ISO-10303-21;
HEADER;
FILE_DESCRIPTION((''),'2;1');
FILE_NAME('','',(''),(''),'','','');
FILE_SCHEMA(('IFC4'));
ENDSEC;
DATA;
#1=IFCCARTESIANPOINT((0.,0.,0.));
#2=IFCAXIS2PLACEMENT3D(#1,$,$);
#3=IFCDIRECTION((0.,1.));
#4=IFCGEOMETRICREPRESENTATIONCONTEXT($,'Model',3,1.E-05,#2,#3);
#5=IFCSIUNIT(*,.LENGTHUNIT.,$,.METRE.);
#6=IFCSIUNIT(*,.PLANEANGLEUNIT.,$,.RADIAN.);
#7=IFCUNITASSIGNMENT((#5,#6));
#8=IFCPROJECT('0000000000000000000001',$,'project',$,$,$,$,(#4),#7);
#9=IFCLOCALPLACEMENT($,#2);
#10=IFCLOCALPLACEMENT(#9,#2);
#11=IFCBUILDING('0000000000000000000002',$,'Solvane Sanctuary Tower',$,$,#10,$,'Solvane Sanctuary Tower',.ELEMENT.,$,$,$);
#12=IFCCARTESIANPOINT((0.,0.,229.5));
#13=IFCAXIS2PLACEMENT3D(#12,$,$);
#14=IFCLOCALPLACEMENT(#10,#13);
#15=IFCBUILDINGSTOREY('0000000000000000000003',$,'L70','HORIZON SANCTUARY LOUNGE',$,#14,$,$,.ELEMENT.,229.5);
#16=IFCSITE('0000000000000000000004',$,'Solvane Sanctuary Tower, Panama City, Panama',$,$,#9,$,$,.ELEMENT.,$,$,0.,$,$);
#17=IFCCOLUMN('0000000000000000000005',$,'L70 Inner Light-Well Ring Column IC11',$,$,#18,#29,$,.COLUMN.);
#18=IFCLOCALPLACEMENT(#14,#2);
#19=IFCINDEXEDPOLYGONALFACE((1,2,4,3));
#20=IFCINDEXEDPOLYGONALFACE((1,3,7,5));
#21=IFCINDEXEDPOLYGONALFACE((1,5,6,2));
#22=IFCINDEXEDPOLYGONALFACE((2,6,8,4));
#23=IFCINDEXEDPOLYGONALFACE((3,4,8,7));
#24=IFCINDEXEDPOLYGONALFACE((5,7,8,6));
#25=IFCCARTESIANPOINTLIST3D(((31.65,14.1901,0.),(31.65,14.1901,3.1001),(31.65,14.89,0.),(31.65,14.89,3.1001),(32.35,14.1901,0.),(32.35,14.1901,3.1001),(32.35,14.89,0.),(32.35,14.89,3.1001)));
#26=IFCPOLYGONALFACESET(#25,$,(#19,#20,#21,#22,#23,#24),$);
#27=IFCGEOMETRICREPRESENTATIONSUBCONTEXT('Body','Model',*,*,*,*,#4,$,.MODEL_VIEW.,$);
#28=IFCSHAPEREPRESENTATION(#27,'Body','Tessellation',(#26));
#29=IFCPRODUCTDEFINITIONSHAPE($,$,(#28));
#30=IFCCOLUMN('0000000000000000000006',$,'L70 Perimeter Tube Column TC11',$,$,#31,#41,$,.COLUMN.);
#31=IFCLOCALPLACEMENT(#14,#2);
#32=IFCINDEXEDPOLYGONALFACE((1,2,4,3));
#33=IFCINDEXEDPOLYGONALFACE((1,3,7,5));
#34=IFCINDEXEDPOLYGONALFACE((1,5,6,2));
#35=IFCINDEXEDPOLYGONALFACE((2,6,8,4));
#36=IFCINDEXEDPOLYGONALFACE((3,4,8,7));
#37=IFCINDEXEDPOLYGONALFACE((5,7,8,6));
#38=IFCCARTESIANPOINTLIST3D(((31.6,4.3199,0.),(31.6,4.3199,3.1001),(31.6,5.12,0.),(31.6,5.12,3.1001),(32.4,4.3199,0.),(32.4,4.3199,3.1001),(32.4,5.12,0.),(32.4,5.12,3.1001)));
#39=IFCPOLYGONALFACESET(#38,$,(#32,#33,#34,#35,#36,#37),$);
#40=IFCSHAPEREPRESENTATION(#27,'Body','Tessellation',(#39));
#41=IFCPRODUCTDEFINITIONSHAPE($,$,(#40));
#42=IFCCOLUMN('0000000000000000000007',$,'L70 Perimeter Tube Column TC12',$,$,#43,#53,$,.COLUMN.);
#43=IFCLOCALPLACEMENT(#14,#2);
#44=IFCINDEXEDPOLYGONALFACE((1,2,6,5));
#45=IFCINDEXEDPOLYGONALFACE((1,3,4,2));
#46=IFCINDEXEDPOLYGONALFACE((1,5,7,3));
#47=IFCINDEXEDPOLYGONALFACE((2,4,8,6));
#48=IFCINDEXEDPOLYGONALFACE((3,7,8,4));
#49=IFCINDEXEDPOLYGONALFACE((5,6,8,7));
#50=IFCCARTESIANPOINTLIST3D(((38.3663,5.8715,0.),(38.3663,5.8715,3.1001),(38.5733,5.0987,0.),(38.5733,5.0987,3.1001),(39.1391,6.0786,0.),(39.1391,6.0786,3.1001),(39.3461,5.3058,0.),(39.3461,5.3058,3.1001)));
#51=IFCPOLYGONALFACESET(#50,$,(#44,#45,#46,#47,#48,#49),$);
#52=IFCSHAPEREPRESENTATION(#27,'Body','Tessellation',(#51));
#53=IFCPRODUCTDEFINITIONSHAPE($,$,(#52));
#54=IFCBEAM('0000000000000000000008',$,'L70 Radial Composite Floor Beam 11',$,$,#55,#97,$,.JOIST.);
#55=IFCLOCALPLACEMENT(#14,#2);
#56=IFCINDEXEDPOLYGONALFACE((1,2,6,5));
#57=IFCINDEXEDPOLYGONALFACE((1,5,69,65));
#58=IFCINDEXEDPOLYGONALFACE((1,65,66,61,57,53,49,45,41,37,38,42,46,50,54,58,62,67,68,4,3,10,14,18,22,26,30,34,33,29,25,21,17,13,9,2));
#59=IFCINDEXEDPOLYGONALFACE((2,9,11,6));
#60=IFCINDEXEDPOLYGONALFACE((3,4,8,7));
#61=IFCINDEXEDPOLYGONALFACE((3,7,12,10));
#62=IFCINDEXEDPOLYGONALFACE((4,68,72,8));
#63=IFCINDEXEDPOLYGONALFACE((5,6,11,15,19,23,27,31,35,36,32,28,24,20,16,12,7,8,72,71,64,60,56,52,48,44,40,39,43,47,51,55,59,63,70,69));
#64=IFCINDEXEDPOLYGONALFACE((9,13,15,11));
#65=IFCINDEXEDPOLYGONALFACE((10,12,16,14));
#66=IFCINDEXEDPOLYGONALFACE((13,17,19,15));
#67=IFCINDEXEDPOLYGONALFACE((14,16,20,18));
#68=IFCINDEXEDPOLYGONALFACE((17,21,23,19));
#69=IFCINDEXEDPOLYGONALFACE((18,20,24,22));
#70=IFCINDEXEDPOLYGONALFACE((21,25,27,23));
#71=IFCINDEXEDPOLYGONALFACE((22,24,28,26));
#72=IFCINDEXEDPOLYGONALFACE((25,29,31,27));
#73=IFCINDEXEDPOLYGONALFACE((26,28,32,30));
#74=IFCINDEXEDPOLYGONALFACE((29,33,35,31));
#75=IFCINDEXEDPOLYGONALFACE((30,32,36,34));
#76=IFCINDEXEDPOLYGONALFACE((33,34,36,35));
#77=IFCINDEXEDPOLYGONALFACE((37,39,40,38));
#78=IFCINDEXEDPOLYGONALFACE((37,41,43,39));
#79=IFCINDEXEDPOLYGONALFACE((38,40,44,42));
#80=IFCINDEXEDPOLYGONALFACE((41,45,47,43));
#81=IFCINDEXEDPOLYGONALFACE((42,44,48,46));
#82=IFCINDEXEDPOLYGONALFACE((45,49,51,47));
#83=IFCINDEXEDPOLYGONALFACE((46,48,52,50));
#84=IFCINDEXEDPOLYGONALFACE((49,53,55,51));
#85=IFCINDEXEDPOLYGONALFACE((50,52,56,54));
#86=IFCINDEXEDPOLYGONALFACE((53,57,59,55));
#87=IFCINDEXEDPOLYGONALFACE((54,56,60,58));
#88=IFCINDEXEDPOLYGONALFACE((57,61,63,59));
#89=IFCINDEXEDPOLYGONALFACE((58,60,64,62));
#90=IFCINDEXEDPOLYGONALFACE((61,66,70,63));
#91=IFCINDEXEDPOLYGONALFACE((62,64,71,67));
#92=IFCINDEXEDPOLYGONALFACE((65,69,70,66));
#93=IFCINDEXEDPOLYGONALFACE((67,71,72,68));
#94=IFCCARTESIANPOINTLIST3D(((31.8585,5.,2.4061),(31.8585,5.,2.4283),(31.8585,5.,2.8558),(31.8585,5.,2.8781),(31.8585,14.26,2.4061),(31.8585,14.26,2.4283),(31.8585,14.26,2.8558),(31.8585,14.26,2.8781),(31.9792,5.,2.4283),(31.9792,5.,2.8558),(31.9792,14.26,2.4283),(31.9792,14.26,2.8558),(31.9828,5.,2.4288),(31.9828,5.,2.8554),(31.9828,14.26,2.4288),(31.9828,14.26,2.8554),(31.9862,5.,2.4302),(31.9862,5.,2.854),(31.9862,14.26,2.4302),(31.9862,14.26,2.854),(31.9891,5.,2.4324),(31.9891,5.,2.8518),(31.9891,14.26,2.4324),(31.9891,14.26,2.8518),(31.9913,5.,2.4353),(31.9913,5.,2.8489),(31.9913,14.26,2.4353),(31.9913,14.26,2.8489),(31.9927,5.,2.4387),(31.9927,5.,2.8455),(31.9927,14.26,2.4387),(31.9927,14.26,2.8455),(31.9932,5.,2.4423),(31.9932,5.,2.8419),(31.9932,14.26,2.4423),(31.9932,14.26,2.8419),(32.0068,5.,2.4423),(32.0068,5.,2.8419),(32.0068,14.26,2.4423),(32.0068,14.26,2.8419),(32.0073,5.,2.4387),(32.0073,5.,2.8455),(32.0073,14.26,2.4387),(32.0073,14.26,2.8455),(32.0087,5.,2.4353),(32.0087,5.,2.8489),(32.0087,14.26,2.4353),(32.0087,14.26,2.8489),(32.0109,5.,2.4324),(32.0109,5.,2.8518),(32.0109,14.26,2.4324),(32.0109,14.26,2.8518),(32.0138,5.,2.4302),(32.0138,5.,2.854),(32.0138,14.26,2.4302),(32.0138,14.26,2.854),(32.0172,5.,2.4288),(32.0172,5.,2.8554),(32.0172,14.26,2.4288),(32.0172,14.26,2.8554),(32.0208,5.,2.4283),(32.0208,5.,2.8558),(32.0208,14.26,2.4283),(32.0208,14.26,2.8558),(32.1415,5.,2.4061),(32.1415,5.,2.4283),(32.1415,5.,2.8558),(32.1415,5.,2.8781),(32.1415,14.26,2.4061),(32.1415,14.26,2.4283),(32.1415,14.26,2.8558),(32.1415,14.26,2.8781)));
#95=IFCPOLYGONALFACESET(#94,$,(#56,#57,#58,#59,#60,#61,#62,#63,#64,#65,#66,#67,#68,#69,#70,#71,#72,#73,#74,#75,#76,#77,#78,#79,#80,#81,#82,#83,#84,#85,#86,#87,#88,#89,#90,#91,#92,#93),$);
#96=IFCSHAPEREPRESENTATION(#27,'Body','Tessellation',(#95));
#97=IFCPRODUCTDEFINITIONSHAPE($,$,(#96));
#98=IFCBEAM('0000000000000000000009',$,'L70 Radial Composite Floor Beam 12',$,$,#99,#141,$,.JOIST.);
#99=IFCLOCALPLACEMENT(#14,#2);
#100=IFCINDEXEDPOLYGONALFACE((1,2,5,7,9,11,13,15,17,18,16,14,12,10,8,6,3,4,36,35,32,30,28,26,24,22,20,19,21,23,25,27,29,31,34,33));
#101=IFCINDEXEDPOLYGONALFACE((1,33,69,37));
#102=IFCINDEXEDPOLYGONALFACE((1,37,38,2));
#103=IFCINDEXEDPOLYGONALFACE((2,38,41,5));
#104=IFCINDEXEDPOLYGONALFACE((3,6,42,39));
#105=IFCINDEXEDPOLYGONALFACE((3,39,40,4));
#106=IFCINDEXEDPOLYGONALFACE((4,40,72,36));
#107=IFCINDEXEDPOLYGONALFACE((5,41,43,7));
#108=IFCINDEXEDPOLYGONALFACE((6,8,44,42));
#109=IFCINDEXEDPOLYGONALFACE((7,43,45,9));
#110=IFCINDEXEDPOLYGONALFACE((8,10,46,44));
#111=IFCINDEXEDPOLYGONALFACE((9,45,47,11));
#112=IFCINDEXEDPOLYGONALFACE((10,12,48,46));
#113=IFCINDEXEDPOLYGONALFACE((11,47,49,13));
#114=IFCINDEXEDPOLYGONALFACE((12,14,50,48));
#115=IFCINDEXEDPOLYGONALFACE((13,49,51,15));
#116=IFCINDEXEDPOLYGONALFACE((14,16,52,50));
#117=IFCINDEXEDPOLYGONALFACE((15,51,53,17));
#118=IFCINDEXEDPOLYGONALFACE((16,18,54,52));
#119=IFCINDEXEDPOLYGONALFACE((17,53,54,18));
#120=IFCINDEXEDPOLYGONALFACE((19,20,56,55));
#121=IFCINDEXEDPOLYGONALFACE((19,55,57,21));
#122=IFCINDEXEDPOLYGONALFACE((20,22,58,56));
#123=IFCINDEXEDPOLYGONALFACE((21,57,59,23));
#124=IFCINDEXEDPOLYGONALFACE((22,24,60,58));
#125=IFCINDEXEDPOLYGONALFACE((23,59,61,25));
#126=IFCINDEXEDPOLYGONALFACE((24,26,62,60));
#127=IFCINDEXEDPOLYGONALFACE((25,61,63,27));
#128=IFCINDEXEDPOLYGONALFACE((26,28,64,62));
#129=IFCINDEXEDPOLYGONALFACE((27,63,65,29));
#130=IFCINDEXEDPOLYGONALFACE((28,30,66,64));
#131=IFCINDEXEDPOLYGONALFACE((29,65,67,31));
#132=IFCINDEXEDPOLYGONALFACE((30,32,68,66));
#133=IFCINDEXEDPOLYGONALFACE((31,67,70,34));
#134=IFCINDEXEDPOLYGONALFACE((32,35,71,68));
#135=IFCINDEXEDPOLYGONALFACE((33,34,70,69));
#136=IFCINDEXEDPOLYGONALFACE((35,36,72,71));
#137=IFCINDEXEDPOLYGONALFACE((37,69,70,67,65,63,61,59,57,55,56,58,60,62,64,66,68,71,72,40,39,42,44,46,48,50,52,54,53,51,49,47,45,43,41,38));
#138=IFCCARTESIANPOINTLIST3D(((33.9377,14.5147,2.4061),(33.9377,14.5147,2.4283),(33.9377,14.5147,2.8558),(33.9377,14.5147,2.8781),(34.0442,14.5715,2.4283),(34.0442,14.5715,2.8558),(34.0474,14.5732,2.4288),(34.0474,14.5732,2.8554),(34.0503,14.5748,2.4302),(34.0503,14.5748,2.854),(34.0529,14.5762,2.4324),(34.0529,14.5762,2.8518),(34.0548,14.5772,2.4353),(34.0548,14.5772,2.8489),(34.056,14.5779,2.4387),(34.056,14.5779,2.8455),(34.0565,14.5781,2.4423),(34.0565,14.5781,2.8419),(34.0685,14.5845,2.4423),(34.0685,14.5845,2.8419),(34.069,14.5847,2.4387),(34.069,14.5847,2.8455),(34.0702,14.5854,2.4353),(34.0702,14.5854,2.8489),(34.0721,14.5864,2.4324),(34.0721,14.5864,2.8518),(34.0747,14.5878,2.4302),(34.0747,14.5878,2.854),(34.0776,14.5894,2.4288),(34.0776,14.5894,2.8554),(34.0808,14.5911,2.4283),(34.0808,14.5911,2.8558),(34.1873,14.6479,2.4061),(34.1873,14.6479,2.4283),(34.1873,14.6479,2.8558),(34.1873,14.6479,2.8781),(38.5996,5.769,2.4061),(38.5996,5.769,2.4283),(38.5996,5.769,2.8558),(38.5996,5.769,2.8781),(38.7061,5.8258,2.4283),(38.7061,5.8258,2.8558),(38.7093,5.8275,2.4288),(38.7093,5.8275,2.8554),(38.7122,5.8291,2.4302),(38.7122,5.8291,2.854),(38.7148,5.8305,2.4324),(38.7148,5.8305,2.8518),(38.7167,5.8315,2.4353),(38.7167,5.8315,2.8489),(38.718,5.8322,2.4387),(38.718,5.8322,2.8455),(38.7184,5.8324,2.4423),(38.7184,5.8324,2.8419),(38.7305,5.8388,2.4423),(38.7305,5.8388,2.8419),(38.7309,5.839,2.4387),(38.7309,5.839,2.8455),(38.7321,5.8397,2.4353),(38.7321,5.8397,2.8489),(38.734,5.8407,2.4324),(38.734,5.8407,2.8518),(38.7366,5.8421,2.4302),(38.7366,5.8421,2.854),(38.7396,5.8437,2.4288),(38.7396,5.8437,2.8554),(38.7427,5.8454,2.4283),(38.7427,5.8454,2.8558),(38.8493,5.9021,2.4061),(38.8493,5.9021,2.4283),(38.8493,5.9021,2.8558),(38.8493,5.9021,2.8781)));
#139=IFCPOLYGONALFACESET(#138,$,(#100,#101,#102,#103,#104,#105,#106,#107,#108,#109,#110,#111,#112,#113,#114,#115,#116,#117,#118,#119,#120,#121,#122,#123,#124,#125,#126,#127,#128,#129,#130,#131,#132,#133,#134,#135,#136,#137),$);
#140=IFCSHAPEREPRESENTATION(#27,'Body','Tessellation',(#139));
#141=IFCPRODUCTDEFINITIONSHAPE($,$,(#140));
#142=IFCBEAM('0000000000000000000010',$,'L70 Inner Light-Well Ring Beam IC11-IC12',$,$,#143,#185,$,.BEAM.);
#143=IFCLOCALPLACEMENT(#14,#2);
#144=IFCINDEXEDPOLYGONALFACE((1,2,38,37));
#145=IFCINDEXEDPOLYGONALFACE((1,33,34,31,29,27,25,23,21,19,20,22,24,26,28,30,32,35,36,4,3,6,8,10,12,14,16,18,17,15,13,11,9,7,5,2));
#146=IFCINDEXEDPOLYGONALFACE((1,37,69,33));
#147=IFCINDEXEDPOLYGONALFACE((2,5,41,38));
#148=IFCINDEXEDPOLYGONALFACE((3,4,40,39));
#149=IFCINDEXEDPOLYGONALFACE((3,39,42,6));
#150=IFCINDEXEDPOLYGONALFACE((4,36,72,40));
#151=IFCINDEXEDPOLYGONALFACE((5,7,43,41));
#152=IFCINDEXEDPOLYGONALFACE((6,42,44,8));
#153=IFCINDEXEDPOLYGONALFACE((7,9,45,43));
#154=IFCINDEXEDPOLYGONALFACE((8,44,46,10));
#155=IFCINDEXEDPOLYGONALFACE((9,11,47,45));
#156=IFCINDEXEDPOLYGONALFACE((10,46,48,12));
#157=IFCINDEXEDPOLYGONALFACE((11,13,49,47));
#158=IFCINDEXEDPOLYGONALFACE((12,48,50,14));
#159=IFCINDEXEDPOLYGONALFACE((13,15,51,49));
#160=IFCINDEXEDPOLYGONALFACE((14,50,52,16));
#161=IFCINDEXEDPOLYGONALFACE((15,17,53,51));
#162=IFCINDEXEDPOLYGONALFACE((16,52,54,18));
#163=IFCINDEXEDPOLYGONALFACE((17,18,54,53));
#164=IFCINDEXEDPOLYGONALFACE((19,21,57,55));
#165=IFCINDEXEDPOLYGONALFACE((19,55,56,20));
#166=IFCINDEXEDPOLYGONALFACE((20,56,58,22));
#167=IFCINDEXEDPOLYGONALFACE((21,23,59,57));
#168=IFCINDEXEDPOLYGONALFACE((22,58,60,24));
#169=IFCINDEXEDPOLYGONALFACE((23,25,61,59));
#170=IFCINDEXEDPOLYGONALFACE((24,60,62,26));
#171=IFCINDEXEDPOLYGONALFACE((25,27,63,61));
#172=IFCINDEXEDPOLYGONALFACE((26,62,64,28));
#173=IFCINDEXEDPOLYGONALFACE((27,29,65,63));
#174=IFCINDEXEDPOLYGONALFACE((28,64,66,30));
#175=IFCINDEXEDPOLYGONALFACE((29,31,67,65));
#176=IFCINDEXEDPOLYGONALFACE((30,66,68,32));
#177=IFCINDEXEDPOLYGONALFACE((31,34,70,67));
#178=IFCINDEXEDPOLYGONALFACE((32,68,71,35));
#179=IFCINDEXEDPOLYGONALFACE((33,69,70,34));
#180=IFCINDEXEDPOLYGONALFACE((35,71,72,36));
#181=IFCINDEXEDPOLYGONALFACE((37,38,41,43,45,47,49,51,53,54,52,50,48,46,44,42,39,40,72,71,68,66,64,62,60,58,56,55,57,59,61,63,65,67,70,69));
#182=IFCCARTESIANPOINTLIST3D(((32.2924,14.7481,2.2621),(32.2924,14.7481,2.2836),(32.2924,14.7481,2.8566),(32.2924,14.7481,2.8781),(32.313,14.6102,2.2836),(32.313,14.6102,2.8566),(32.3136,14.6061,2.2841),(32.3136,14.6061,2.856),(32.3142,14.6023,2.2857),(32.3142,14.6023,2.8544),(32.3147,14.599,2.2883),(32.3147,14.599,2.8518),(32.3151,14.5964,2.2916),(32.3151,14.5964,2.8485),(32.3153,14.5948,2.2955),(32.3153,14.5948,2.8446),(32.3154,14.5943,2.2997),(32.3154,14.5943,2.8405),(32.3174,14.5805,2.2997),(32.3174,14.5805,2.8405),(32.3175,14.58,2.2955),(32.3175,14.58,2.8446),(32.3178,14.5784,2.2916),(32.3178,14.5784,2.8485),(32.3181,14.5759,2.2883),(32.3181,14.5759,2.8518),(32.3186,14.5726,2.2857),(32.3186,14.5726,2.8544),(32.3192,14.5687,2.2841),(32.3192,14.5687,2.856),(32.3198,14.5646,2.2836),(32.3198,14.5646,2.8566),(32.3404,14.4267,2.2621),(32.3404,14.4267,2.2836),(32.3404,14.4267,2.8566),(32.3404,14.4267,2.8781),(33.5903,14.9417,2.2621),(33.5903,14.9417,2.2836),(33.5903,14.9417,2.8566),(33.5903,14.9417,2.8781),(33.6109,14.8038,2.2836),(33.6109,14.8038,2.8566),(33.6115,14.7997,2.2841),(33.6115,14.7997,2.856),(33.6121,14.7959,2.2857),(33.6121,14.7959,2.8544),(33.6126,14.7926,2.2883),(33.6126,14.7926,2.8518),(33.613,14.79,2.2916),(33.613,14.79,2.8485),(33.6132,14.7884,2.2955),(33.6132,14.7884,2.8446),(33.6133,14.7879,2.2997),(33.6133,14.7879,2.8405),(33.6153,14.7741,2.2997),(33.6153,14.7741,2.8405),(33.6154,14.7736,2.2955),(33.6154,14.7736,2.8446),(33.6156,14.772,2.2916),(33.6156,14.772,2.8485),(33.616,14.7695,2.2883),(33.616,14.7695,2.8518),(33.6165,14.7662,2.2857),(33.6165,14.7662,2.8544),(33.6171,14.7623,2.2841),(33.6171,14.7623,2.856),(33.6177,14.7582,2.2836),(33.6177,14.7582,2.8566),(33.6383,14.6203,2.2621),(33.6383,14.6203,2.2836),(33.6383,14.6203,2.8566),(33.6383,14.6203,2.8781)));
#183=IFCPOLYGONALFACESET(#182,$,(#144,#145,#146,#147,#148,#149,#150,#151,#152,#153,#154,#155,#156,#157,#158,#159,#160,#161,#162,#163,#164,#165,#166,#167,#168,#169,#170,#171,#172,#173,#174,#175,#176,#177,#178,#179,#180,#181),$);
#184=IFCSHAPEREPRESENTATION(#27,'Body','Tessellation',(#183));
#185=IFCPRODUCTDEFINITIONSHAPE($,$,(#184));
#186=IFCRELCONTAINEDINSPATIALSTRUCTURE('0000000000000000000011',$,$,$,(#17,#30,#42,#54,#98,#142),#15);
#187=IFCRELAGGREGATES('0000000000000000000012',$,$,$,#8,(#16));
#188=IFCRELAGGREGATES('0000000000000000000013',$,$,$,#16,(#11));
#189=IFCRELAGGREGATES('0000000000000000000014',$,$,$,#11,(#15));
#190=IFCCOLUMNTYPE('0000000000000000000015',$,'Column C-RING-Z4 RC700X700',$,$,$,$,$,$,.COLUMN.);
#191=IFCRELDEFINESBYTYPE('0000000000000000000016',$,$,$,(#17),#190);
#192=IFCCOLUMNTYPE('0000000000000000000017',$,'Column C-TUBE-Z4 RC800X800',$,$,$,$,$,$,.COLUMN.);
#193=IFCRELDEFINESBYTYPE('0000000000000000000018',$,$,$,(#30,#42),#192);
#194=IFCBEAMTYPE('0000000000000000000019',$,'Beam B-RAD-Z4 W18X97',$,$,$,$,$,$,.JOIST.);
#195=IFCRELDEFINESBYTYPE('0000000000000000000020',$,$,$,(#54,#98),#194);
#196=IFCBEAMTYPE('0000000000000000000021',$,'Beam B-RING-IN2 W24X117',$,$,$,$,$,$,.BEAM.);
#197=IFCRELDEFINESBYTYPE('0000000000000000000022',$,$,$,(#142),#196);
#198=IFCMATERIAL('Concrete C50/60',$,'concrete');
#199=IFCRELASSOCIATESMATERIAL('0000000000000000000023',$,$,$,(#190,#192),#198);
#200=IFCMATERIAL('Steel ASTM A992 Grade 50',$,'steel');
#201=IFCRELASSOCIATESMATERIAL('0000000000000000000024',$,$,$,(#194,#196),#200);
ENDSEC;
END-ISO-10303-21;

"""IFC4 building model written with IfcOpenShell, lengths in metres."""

from ifc_helpers import new_model, si_unit, direction, frame, origin, origin_2d, place, context, subcontext, project, spatial, rectangle, i_section, extrude, material, material_profile, profile_set, type_object, element, save


model = new_model("IFC4")

# Units and contexts
model_context = context("Model", 3, precision=1e-05, world=origin(), true_north=direction((0.0, 1.0)))
body_context = subcontext(model_context, "Body", "Model", "MODEL_VIEW")
ifc_project = project(units=[si_unit("LENGTHUNIT", "METRE"), si_unit("PLANEANGLEUNIT", "RADIAN")], contexts=[model_context])

# Site, building, storey
site_placement = place(None, origin())
site = spatial("IfcSite", under=ifc_project, at=site_placement, Name="Solvane Sanctuary Tower, Panama City, Panama", CompositionType="ELEMENT", RefElevation=0.0)
building_placement = place(site_placement, origin())
building = spatial("IfcBuilding", under=site, at=building_placement, Name="Solvane Sanctuary Tower", LongName="Solvane Sanctuary Tower", CompositionType="ELEMENT")
storey_placement = place(building_placement, frame((0.0, 0.0, 229.5)))
storey = spatial("IfcBuildingStorey", under=building, at=storey_placement, Name="L70", Description="HORIZON SANCTUARY LOUNGE", CompositionType="ELEMENT", Elevation=229.5)

# Columns
ifc_material_1 = material(Name="Concrete C50/60", Category="concrete")
ifc_material_profile_1 = material_profile(ifc_material_1, rectangle(XDim=0.7, YDim=0.7, at=origin_2d()), Name="RC700X700")
ifc_profile_set_1 = profile_set([ifc_material_profile_1], Name="Concrete C50/60")
column_type_1 = type_object("IfcColumnType", Name="Column C-RING-Z4 RC700X700", PredefinedType="COLUMN", material=ifc_profile_set_1)
column_placement = place(storey_placement, frame((32.0, 14.54, 0.0), z_axis=(0.0, 0.0, 1.0), x_axis=(1.0, 0.0, 0.0)))
element("IfcColumn", 1, at=column_placement, inside=storey, type_object=column_type_1, Name="L70 Inner Light-Well Ring Column IC11", PredefinedType="COLUMN", context=body_context, shape_type="SweptSolid", body=[
    extrude(rectangle(XDim=0.7, YDim=0.7, at=origin_2d()), origin(), (0.0, 0.0, 1.0), 3.1001),
])
ifc_material_profile_2 = material_profile(ifc_material_1, rectangle(XDim=0.8, YDim=0.8, at=origin_2d()), Name="RC800X800")
ifc_profile_set_2 = profile_set([ifc_material_profile_2], Name="Concrete C50/60")
column_type_2 = type_object("IfcColumnType", Name="Column C-TUBE-Z4 RC800X800", PredefinedType="COLUMN", material=ifc_profile_set_2)
for number, where, z_axis, x_axis, name in (
    (2, (32.0, 4.72, 0.0), (0.0, 0.0, 1.0), (0.0, -1.0, 0.0), "L70 Perimeter Tube Column TC11"),
    (3, (38.8562, 5.5886, 0.0), (0.0, 0.0, 1.0), (0.258819, -0.965926, 0.0), "L70 Perimeter Tube Column TC12"),
):
    element("IfcColumn", number, at=place(storey_placement, frame(where, z_axis=z_axis, x_axis=x_axis)), inside=storey, type_object=column_type_2, Name=name, PredefinedType="COLUMN", context=body_context, shape_type="SweptSolid", body=[
        extrude(rectangle(XDim=0.8, YDim=0.8, at=origin_2d()), origin(), (0.0, 0.0, 1.0), 3.1001),
    ])

# Beams
ifc_material_2 = material(Name="Steel ASTM A992 Grade 50", Category="steel")
ifc_material_profile_3 = material_profile(ifc_material_2, i_section(OverallWidth=0.283, OverallDepth=0.4719, WebThickness=0.0137, FlangeThickness=0.0222, FilletRadius=0.0139, at=origin_2d()), Name="W18X97")
ifc_profile_set_3 = profile_set([ifc_material_profile_3], Name="Steel ASTM A992 Grade 50")
beam_type_1 = type_object("IfcBeamType", Name="Beam B-RAD-Z4 W18X97", PredefinedType="JOIST", material=ifc_profile_set_3)
beam_1_placement = place(storey_placement, frame((32.0, 14.26, 2.6421), z_axis=(0.0, -1.0, 0.0), x_axis=(1.0, 0.0, 0.0)))
element("IfcBeam", 4, at=beam_1_placement, inside=storey, type_object=beam_type_1, Name="L70 Radial Composite Floor Beam 11", PredefinedType="JOIST", context=body_context, shape_type="SweptSolid", body=[
    extrude(i_section(OverallWidth=0.283, OverallDepth=0.4719, WebThickness=0.0137, FlangeThickness=0.0222, FilletRadius=0.0139, at=origin_2d()), origin(), (0.0, 0.0, 1.0), 9.26),
])
beam_2_placement = place(storey_placement, frame((34.0625, 14.5813, 2.6421), z_axis=(0.470395, -0.882456, 0.0), x_axis=(0.882456, 0.470395, 0.0)))
element("IfcBeam", 5, at=beam_2_placement, inside=storey, type_object=beam_type_1, Name="L70 Radial Composite Floor Beam 12", PredefinedType="JOIST", context=body_context, shape_type="SweptSolid", body=[
    extrude(i_section(OverallWidth=0.283, OverallDepth=0.4719, WebThickness=0.0137, FlangeThickness=0.0222, FilletRadius=0.0139, at=origin_2d()), origin(), (0.0, 0.0, 1.0), 9.9106),
])
ifc_material_profile_4 = material_profile(ifc_material_2, i_section(OverallWidth=0.325, OverallDepth=0.616, WebThickness=0.0139, FlangeThickness=0.0215, FilletRadius=0.0161, at=origin_2d()), Name="W24X117")
ifc_profile_set_4 = profile_set([ifc_material_profile_4], Name="Steel ASTM A992 Grade 50")
beam_type_2 = type_object("IfcBeamType", Name="Beam B-RING-IN2 W24X117", PredefinedType="BEAM", material=ifc_profile_set_4)
beam_3_placement = place(storey_placement, frame((32.3164, 14.5874, 2.5701), z_axis=(0.989056, 0.14754, 0.0), x_axis=(-0.14754, 0.989056, 0.0)))
element("IfcBeam", 6, at=beam_3_placement, inside=storey, type_object=beam_type_2, Name="L70 Inner Light-Well Ring Beam IC11-IC12", PredefinedType="BEAM", context=body_context, shape_type="SweptSolid", body=[
    extrude(i_section(OverallWidth=0.325, OverallDepth=0.616, WebThickness=0.0139, FlangeThickness=0.0215, FilletRadius=0.0161, at=origin_2d()), origin(), (0.0, 0.0, 1.0), 1.3123),
])

save(model, "model.ifc")
